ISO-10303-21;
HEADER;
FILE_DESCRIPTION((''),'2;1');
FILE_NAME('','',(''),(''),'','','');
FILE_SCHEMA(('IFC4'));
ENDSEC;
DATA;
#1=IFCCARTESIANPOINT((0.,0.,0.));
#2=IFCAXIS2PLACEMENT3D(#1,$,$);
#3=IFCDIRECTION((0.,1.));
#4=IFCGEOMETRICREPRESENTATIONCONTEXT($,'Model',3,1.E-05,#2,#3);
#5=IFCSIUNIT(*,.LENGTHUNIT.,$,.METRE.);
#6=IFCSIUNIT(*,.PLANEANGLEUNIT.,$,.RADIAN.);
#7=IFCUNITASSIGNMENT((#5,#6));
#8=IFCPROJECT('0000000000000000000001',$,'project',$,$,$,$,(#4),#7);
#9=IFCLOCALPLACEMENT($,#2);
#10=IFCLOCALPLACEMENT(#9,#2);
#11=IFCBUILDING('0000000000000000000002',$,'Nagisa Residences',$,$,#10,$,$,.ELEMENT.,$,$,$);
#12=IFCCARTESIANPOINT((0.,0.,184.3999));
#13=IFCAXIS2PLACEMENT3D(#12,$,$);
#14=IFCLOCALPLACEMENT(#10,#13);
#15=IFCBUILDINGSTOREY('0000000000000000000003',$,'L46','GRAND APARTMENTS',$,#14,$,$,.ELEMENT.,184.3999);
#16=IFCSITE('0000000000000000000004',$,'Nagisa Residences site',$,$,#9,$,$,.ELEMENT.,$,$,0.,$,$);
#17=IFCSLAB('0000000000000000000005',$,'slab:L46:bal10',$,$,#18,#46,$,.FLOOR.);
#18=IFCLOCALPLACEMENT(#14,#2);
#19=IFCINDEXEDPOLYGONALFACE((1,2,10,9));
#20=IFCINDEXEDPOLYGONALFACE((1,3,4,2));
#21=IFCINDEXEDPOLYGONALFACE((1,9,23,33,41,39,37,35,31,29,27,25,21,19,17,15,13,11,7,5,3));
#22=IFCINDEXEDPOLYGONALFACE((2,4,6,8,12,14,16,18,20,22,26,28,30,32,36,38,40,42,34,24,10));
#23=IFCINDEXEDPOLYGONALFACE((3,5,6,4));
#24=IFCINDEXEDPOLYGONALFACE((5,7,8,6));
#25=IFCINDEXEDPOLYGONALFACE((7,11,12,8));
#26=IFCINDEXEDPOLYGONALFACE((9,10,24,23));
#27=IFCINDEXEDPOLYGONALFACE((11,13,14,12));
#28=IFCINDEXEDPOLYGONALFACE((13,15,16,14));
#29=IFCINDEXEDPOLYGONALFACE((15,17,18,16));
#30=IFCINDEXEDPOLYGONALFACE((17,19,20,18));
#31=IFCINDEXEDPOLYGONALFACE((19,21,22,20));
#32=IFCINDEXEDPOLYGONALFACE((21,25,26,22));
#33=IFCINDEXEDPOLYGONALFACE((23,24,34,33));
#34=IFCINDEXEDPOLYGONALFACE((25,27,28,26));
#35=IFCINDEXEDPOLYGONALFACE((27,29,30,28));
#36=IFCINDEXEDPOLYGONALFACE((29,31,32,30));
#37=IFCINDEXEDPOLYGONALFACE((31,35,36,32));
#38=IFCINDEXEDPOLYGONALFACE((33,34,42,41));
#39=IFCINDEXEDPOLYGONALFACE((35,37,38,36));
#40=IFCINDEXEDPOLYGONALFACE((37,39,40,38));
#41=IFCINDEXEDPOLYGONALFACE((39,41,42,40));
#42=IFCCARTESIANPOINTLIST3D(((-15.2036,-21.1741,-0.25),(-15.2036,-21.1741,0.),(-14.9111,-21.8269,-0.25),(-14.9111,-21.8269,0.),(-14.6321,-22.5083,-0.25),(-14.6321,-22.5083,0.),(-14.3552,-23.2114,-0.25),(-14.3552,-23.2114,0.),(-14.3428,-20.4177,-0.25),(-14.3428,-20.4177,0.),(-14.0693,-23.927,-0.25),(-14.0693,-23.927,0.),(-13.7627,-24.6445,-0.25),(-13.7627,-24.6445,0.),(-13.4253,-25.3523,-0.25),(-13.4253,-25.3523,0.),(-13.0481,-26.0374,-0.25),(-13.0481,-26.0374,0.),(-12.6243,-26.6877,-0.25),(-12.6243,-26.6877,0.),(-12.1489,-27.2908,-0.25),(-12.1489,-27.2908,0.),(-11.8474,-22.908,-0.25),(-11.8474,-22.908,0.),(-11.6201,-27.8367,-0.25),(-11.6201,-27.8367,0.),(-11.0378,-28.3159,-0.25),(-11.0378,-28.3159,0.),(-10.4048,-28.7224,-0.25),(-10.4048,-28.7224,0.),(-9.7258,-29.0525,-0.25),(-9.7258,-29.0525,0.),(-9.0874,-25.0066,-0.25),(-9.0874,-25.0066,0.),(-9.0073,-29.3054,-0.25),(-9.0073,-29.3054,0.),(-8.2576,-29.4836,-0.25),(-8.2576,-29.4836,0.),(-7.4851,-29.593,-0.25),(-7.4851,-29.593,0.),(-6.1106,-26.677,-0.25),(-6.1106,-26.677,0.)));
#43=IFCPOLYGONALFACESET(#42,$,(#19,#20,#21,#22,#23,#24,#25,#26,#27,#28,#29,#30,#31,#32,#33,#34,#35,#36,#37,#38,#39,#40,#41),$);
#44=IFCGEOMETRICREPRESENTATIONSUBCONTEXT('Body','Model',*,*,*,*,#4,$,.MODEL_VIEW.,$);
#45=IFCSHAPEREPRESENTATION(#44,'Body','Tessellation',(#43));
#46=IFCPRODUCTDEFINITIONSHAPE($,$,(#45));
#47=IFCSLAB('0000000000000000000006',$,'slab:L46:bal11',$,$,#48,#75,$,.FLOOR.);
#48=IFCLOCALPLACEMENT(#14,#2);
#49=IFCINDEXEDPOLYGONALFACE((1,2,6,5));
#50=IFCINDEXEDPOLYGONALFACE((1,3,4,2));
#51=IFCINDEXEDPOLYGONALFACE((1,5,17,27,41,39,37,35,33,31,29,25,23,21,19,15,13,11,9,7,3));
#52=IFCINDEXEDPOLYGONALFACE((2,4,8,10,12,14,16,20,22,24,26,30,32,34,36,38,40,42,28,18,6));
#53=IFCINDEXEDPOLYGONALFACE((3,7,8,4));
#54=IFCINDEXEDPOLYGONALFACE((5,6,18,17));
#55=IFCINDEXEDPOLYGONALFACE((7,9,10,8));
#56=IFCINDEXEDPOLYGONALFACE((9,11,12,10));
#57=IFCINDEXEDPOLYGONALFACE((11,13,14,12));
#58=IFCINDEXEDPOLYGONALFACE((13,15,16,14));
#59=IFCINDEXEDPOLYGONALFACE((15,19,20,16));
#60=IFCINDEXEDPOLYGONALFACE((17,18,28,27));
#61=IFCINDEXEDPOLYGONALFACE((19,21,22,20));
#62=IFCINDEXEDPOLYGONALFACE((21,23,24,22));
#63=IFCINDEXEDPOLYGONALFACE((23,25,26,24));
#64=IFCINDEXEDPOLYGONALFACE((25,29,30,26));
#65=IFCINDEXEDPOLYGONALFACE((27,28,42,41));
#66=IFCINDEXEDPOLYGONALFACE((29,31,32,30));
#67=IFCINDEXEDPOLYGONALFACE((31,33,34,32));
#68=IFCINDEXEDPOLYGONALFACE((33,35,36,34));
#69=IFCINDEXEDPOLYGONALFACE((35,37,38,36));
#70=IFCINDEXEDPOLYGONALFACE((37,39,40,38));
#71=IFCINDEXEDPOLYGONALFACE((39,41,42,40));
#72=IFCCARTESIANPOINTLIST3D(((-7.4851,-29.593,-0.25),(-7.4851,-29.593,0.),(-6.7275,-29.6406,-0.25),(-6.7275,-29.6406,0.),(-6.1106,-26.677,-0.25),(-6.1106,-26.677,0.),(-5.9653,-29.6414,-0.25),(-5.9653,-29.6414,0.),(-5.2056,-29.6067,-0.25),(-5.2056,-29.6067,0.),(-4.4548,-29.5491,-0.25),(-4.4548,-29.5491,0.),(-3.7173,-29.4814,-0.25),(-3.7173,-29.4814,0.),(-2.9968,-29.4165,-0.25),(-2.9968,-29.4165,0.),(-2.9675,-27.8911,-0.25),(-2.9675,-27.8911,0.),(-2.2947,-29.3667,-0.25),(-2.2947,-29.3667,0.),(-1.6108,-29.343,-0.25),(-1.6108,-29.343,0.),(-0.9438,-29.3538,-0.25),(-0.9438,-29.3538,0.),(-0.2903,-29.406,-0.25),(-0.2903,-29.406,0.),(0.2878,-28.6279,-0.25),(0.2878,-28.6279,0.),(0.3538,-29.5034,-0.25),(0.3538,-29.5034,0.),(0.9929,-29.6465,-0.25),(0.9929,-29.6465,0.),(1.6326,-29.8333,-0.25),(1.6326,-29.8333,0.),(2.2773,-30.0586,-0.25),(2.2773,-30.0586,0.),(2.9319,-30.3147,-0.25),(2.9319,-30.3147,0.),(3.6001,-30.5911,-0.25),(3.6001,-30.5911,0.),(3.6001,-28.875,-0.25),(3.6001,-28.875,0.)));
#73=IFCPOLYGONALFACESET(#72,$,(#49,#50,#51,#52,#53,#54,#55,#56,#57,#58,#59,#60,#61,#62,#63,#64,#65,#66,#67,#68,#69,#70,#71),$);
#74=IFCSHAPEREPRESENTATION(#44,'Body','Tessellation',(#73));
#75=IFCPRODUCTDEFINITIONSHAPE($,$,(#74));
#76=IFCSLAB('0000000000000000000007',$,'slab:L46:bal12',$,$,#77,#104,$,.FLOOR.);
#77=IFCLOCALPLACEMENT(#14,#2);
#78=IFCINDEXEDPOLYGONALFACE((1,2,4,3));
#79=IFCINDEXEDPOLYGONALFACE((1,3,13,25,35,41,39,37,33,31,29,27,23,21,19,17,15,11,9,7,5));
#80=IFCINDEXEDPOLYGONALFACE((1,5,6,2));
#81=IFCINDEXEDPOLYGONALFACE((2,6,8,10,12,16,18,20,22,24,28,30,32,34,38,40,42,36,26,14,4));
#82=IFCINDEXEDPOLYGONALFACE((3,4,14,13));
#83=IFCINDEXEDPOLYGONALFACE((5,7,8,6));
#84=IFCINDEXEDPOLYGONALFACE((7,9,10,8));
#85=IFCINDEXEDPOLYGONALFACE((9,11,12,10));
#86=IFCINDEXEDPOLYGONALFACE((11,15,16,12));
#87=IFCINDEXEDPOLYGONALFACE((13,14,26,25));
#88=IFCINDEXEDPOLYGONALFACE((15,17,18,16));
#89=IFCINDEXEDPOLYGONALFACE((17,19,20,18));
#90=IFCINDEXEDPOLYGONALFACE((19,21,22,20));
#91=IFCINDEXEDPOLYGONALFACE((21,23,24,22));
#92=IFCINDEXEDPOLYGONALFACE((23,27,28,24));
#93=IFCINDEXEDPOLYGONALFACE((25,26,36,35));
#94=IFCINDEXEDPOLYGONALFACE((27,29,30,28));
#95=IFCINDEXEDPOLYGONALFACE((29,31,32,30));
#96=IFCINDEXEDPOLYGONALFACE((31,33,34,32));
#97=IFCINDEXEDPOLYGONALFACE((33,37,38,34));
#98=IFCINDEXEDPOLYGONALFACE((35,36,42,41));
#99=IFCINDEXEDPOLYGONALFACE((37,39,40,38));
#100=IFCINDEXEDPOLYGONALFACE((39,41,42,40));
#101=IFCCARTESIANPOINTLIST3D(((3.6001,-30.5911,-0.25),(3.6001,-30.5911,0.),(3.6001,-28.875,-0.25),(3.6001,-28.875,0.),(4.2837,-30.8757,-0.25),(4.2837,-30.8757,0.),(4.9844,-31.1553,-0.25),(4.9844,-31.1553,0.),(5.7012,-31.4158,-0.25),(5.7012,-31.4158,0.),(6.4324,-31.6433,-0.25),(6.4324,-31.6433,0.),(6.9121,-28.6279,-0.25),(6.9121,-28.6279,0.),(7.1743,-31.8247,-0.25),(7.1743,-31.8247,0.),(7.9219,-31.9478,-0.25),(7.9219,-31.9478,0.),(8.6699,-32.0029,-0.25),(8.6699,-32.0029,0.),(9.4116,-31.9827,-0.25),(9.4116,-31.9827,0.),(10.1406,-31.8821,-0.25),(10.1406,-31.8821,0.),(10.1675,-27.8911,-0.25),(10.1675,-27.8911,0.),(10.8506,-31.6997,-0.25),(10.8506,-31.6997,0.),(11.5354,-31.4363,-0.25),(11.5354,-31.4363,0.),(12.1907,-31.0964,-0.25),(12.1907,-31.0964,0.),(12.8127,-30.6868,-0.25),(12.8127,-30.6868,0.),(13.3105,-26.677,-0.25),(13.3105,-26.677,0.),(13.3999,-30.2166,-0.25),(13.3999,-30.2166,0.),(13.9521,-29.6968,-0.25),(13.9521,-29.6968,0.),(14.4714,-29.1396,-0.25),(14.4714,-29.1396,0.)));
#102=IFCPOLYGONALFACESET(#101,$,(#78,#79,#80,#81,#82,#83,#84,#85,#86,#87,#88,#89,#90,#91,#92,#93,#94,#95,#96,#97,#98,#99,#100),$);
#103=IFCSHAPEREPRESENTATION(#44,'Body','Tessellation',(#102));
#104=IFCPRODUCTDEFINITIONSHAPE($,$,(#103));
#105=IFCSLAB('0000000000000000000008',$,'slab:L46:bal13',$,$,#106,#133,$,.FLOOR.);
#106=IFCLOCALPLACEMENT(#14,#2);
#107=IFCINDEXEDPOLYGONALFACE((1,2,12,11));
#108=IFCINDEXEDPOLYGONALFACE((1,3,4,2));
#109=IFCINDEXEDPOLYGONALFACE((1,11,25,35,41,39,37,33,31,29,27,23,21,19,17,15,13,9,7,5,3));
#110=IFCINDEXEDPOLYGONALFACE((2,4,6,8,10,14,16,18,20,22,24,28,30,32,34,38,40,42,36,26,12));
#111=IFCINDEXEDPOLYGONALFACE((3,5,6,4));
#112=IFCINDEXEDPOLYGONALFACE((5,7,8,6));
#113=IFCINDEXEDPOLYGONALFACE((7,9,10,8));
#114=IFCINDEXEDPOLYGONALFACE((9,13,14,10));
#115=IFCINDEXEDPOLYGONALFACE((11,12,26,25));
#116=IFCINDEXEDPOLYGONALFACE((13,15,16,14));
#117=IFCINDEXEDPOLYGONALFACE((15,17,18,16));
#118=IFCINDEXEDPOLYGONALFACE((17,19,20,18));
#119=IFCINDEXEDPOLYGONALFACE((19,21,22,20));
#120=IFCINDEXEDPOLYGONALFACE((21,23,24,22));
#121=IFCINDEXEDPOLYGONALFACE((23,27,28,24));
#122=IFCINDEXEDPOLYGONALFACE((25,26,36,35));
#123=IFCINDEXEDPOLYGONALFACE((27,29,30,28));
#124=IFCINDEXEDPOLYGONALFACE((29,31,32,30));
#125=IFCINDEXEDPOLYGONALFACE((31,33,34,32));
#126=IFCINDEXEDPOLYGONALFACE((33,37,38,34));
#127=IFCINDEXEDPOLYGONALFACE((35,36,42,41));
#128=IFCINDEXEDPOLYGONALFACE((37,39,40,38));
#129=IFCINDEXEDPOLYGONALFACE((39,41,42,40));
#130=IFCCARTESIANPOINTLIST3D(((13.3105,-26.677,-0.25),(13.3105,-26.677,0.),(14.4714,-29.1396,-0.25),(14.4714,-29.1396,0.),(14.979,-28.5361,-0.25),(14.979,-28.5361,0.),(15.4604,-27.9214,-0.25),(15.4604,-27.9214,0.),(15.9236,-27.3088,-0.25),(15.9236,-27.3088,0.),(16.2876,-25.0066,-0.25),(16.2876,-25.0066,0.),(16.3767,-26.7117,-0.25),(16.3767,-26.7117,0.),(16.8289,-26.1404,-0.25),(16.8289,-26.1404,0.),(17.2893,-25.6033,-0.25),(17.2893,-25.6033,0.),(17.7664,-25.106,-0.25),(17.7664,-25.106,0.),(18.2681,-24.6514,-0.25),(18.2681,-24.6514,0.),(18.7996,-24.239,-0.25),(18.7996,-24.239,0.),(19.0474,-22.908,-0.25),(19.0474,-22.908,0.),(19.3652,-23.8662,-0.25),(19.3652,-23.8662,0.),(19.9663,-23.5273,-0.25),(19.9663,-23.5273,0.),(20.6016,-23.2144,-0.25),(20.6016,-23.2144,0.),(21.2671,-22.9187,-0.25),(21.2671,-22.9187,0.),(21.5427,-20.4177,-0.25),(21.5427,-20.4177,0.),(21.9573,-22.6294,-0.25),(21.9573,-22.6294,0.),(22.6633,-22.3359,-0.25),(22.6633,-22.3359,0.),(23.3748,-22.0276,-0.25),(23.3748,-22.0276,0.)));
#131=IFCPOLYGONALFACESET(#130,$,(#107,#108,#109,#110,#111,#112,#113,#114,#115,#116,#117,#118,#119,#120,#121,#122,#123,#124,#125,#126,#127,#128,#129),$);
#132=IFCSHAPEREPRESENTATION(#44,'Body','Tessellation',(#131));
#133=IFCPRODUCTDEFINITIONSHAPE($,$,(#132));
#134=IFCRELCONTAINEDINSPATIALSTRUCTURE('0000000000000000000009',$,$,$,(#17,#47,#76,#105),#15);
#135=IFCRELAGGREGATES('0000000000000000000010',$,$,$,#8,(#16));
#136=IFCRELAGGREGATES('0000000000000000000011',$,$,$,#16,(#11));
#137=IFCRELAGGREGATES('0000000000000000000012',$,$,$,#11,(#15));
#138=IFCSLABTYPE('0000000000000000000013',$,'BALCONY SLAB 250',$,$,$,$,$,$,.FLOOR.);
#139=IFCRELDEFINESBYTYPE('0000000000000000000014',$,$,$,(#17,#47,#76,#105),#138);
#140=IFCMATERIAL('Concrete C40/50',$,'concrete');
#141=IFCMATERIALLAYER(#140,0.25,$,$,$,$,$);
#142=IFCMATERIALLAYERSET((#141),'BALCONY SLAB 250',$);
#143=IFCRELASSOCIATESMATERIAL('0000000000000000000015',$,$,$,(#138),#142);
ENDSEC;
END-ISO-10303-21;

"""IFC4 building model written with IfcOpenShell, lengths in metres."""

from ifc_helpers import new_model, si_unit, direction, frame, origin, place, context, subcontext, project, spatial, polyline, outline, extrude, material, layer, layer_set, type_object, element, save


model = new_model("IFC4")

# Units and contexts
model_context = context("Model", 3, precision=1e-05, world=origin(), true_north=direction((0.0, 1.0)))
body_context = subcontext(model_context, "Body", "Model", "MODEL_VIEW")
ifc_project = project(units=[si_unit("LENGTHUNIT", "METRE"), si_unit("PLANEANGLEUNIT", "RADIAN")], contexts=[model_context])

# Site, building, storey
site_placement = place(None, origin())
site = spatial("IfcSite", under=ifc_project, at=site_placement, Name="Nagisa Residences site", CompositionType="ELEMENT", RefElevation=0.0)
building_placement = place(site_placement, origin())
building = spatial("IfcBuilding", under=site, at=building_placement, Name="Nagisa Residences", CompositionType="ELEMENT")
storey_placement = place(building_placement, frame((0.0, 0.0, 184.3999)))
storey = spatial("IfcBuildingStorey", under=building, at=storey_placement, Name="L46", Description="GRAND APARTMENTS", CompositionType="ELEMENT", Elevation=184.3999)

# Slabs
ifc_material_1 = material(Name="Concrete C40/50", Category="concrete")
ifc_layer_1 = layer(ifc_material_1, 0.25)
ifc_layer_set_1 = layer_set([ifc_layer_1], Name="BALCONY SLAB 250")
slab_type_1 = type_object("IfcSlabType", Name="BALCONY SLAB 250", PredefinedType="FLOOR", material=ifc_layer_set_1)
slab_1_placement = place(storey_placement, frame((0.0, 0.0, -0.25)))
element("IfcSlab", 1, at=slab_1_placement, inside=storey, type_object=slab_type_1, Name="slab:L46:bal10", PredefinedType="FLOOR", context=body_context, shape_type="SweptSolid", body=[
    extrude(outline(polyline([(-15.2036, -21.1741), (-14.9111, -21.8269), (-14.6321, -22.5083), (-14.3552, -23.2114), (-14.0693, -23.927), (-13.7627, -24.6445), (-13.4253, -25.3523), (-13.0481, -26.0374), (-12.6243, -26.6877), (-12.1489, -27.2908), (-11.6201, -27.8367), (-11.0378, -28.3159), (-10.4048, -28.7224), (-9.7258, -29.0525), (-9.0073, -29.3054), (-8.2576, -29.4836), (-7.4851, -29.593), (-6.1106, -26.677), (-9.0874, -25.0066), (-11.8474, -22.908), (-14.3428, -20.4177), (-15.2036, -21.1741)])), origin(), (0.0, 0.0, 1.0), 0.25),
])
slab_2_placement = place(storey_placement, frame((0.0, 0.0, -0.25)))
element("IfcSlab", 2, at=slab_2_placement, inside=storey, type_object=slab_type_1, Name="slab:L46:bal11", PredefinedType="FLOOR", context=body_context, shape_type="SweptSolid", body=[
    extrude(outline(polyline([(-7.4851, -29.593), (-6.7275, -29.6406), (-5.9653, -29.6414), (-5.2056, -29.6067), (-4.4548, -29.5491), (-3.7173, -29.4814), (-2.9968, -29.4165), (-2.2947, -29.3667), (-1.6108, -29.343), (-0.9438, -29.3538), (-0.2903, -29.406), (0.3538, -29.5034), (0.9929, -29.6465), (1.6326, -29.8333), (2.2773, -30.0586), (2.9319, -30.3147), (3.6001, -30.5911), (3.6001, -28.875), (0.2878, -28.6279), (-2.9675, -27.8911), (-6.1106, -26.677), (-7.4851, -29.593)])), origin(), (0.0, 0.0, 1.0), 0.25),
])
slab_3_placement = place(storey_placement, frame((0.0, 0.0, -0.25)))
element("IfcSlab", 3, at=slab_3_placement, inside=storey, type_object=slab_type_1, Name="slab:L46:bal12", PredefinedType="FLOOR", context=body_context, shape_type="SweptSolid", body=[
    extrude(outline(polyline([(3.6001, -30.5911), (4.2837, -30.8757), (4.9844, -31.1553), (5.7012, -31.4158), (6.4324, -31.6433), (7.1743, -31.8247), (7.9219, -31.9478), (8.6699, -32.0029), (9.4116, -31.9827), (10.1406, -31.8821), (10.8506, -31.6997), (11.5354, -31.4363), (12.1907, -31.0964), (12.8127, -30.6868), (13.3999, -30.2166), (13.9521, -29.6968), (14.4714, -29.1396), (13.3105, -26.677), (10.1675, -27.8911), (6.9121, -28.6279), (3.6001, -28.875), (3.6001, -30.5911)])), origin(), (0.0, 0.0, 1.0), 0.25),
])
slab_4_placement = place(storey_placement, frame((0.0, 0.0, -0.25)))
element("IfcSlab", 4, at=slab_4_placement, inside=storey, type_object=slab_type_1, Name="slab:L46:bal13", PredefinedType="FLOOR", context=body_context, shape_type="SweptSolid", body=[
    extrude(outline(polyline([(14.4714, -29.1396), (14.979, -28.5361), (15.4604, -27.9214), (15.9236, -27.3088), (16.3767, -26.7117), (16.8289, -26.1404), (17.2893, -25.6033), (17.7664, -25.106), (18.2681, -24.6514), (18.7996, -24.239), (19.3652, -23.8662), (19.9663, -23.5273), (20.6016, -23.2144), (21.2671, -22.9187), (21.9573, -22.6294), (22.6633, -22.3359), (23.3748, -22.0276), (21.5427, -20.4177), (19.0474, -22.908), (16.2876, -25.0066), (13.3105, -26.677), (14.4714, -29.1396)])), origin(), (0.0, 0.0, 1.0), 0.25),
])

save(model, "model.ifc")
